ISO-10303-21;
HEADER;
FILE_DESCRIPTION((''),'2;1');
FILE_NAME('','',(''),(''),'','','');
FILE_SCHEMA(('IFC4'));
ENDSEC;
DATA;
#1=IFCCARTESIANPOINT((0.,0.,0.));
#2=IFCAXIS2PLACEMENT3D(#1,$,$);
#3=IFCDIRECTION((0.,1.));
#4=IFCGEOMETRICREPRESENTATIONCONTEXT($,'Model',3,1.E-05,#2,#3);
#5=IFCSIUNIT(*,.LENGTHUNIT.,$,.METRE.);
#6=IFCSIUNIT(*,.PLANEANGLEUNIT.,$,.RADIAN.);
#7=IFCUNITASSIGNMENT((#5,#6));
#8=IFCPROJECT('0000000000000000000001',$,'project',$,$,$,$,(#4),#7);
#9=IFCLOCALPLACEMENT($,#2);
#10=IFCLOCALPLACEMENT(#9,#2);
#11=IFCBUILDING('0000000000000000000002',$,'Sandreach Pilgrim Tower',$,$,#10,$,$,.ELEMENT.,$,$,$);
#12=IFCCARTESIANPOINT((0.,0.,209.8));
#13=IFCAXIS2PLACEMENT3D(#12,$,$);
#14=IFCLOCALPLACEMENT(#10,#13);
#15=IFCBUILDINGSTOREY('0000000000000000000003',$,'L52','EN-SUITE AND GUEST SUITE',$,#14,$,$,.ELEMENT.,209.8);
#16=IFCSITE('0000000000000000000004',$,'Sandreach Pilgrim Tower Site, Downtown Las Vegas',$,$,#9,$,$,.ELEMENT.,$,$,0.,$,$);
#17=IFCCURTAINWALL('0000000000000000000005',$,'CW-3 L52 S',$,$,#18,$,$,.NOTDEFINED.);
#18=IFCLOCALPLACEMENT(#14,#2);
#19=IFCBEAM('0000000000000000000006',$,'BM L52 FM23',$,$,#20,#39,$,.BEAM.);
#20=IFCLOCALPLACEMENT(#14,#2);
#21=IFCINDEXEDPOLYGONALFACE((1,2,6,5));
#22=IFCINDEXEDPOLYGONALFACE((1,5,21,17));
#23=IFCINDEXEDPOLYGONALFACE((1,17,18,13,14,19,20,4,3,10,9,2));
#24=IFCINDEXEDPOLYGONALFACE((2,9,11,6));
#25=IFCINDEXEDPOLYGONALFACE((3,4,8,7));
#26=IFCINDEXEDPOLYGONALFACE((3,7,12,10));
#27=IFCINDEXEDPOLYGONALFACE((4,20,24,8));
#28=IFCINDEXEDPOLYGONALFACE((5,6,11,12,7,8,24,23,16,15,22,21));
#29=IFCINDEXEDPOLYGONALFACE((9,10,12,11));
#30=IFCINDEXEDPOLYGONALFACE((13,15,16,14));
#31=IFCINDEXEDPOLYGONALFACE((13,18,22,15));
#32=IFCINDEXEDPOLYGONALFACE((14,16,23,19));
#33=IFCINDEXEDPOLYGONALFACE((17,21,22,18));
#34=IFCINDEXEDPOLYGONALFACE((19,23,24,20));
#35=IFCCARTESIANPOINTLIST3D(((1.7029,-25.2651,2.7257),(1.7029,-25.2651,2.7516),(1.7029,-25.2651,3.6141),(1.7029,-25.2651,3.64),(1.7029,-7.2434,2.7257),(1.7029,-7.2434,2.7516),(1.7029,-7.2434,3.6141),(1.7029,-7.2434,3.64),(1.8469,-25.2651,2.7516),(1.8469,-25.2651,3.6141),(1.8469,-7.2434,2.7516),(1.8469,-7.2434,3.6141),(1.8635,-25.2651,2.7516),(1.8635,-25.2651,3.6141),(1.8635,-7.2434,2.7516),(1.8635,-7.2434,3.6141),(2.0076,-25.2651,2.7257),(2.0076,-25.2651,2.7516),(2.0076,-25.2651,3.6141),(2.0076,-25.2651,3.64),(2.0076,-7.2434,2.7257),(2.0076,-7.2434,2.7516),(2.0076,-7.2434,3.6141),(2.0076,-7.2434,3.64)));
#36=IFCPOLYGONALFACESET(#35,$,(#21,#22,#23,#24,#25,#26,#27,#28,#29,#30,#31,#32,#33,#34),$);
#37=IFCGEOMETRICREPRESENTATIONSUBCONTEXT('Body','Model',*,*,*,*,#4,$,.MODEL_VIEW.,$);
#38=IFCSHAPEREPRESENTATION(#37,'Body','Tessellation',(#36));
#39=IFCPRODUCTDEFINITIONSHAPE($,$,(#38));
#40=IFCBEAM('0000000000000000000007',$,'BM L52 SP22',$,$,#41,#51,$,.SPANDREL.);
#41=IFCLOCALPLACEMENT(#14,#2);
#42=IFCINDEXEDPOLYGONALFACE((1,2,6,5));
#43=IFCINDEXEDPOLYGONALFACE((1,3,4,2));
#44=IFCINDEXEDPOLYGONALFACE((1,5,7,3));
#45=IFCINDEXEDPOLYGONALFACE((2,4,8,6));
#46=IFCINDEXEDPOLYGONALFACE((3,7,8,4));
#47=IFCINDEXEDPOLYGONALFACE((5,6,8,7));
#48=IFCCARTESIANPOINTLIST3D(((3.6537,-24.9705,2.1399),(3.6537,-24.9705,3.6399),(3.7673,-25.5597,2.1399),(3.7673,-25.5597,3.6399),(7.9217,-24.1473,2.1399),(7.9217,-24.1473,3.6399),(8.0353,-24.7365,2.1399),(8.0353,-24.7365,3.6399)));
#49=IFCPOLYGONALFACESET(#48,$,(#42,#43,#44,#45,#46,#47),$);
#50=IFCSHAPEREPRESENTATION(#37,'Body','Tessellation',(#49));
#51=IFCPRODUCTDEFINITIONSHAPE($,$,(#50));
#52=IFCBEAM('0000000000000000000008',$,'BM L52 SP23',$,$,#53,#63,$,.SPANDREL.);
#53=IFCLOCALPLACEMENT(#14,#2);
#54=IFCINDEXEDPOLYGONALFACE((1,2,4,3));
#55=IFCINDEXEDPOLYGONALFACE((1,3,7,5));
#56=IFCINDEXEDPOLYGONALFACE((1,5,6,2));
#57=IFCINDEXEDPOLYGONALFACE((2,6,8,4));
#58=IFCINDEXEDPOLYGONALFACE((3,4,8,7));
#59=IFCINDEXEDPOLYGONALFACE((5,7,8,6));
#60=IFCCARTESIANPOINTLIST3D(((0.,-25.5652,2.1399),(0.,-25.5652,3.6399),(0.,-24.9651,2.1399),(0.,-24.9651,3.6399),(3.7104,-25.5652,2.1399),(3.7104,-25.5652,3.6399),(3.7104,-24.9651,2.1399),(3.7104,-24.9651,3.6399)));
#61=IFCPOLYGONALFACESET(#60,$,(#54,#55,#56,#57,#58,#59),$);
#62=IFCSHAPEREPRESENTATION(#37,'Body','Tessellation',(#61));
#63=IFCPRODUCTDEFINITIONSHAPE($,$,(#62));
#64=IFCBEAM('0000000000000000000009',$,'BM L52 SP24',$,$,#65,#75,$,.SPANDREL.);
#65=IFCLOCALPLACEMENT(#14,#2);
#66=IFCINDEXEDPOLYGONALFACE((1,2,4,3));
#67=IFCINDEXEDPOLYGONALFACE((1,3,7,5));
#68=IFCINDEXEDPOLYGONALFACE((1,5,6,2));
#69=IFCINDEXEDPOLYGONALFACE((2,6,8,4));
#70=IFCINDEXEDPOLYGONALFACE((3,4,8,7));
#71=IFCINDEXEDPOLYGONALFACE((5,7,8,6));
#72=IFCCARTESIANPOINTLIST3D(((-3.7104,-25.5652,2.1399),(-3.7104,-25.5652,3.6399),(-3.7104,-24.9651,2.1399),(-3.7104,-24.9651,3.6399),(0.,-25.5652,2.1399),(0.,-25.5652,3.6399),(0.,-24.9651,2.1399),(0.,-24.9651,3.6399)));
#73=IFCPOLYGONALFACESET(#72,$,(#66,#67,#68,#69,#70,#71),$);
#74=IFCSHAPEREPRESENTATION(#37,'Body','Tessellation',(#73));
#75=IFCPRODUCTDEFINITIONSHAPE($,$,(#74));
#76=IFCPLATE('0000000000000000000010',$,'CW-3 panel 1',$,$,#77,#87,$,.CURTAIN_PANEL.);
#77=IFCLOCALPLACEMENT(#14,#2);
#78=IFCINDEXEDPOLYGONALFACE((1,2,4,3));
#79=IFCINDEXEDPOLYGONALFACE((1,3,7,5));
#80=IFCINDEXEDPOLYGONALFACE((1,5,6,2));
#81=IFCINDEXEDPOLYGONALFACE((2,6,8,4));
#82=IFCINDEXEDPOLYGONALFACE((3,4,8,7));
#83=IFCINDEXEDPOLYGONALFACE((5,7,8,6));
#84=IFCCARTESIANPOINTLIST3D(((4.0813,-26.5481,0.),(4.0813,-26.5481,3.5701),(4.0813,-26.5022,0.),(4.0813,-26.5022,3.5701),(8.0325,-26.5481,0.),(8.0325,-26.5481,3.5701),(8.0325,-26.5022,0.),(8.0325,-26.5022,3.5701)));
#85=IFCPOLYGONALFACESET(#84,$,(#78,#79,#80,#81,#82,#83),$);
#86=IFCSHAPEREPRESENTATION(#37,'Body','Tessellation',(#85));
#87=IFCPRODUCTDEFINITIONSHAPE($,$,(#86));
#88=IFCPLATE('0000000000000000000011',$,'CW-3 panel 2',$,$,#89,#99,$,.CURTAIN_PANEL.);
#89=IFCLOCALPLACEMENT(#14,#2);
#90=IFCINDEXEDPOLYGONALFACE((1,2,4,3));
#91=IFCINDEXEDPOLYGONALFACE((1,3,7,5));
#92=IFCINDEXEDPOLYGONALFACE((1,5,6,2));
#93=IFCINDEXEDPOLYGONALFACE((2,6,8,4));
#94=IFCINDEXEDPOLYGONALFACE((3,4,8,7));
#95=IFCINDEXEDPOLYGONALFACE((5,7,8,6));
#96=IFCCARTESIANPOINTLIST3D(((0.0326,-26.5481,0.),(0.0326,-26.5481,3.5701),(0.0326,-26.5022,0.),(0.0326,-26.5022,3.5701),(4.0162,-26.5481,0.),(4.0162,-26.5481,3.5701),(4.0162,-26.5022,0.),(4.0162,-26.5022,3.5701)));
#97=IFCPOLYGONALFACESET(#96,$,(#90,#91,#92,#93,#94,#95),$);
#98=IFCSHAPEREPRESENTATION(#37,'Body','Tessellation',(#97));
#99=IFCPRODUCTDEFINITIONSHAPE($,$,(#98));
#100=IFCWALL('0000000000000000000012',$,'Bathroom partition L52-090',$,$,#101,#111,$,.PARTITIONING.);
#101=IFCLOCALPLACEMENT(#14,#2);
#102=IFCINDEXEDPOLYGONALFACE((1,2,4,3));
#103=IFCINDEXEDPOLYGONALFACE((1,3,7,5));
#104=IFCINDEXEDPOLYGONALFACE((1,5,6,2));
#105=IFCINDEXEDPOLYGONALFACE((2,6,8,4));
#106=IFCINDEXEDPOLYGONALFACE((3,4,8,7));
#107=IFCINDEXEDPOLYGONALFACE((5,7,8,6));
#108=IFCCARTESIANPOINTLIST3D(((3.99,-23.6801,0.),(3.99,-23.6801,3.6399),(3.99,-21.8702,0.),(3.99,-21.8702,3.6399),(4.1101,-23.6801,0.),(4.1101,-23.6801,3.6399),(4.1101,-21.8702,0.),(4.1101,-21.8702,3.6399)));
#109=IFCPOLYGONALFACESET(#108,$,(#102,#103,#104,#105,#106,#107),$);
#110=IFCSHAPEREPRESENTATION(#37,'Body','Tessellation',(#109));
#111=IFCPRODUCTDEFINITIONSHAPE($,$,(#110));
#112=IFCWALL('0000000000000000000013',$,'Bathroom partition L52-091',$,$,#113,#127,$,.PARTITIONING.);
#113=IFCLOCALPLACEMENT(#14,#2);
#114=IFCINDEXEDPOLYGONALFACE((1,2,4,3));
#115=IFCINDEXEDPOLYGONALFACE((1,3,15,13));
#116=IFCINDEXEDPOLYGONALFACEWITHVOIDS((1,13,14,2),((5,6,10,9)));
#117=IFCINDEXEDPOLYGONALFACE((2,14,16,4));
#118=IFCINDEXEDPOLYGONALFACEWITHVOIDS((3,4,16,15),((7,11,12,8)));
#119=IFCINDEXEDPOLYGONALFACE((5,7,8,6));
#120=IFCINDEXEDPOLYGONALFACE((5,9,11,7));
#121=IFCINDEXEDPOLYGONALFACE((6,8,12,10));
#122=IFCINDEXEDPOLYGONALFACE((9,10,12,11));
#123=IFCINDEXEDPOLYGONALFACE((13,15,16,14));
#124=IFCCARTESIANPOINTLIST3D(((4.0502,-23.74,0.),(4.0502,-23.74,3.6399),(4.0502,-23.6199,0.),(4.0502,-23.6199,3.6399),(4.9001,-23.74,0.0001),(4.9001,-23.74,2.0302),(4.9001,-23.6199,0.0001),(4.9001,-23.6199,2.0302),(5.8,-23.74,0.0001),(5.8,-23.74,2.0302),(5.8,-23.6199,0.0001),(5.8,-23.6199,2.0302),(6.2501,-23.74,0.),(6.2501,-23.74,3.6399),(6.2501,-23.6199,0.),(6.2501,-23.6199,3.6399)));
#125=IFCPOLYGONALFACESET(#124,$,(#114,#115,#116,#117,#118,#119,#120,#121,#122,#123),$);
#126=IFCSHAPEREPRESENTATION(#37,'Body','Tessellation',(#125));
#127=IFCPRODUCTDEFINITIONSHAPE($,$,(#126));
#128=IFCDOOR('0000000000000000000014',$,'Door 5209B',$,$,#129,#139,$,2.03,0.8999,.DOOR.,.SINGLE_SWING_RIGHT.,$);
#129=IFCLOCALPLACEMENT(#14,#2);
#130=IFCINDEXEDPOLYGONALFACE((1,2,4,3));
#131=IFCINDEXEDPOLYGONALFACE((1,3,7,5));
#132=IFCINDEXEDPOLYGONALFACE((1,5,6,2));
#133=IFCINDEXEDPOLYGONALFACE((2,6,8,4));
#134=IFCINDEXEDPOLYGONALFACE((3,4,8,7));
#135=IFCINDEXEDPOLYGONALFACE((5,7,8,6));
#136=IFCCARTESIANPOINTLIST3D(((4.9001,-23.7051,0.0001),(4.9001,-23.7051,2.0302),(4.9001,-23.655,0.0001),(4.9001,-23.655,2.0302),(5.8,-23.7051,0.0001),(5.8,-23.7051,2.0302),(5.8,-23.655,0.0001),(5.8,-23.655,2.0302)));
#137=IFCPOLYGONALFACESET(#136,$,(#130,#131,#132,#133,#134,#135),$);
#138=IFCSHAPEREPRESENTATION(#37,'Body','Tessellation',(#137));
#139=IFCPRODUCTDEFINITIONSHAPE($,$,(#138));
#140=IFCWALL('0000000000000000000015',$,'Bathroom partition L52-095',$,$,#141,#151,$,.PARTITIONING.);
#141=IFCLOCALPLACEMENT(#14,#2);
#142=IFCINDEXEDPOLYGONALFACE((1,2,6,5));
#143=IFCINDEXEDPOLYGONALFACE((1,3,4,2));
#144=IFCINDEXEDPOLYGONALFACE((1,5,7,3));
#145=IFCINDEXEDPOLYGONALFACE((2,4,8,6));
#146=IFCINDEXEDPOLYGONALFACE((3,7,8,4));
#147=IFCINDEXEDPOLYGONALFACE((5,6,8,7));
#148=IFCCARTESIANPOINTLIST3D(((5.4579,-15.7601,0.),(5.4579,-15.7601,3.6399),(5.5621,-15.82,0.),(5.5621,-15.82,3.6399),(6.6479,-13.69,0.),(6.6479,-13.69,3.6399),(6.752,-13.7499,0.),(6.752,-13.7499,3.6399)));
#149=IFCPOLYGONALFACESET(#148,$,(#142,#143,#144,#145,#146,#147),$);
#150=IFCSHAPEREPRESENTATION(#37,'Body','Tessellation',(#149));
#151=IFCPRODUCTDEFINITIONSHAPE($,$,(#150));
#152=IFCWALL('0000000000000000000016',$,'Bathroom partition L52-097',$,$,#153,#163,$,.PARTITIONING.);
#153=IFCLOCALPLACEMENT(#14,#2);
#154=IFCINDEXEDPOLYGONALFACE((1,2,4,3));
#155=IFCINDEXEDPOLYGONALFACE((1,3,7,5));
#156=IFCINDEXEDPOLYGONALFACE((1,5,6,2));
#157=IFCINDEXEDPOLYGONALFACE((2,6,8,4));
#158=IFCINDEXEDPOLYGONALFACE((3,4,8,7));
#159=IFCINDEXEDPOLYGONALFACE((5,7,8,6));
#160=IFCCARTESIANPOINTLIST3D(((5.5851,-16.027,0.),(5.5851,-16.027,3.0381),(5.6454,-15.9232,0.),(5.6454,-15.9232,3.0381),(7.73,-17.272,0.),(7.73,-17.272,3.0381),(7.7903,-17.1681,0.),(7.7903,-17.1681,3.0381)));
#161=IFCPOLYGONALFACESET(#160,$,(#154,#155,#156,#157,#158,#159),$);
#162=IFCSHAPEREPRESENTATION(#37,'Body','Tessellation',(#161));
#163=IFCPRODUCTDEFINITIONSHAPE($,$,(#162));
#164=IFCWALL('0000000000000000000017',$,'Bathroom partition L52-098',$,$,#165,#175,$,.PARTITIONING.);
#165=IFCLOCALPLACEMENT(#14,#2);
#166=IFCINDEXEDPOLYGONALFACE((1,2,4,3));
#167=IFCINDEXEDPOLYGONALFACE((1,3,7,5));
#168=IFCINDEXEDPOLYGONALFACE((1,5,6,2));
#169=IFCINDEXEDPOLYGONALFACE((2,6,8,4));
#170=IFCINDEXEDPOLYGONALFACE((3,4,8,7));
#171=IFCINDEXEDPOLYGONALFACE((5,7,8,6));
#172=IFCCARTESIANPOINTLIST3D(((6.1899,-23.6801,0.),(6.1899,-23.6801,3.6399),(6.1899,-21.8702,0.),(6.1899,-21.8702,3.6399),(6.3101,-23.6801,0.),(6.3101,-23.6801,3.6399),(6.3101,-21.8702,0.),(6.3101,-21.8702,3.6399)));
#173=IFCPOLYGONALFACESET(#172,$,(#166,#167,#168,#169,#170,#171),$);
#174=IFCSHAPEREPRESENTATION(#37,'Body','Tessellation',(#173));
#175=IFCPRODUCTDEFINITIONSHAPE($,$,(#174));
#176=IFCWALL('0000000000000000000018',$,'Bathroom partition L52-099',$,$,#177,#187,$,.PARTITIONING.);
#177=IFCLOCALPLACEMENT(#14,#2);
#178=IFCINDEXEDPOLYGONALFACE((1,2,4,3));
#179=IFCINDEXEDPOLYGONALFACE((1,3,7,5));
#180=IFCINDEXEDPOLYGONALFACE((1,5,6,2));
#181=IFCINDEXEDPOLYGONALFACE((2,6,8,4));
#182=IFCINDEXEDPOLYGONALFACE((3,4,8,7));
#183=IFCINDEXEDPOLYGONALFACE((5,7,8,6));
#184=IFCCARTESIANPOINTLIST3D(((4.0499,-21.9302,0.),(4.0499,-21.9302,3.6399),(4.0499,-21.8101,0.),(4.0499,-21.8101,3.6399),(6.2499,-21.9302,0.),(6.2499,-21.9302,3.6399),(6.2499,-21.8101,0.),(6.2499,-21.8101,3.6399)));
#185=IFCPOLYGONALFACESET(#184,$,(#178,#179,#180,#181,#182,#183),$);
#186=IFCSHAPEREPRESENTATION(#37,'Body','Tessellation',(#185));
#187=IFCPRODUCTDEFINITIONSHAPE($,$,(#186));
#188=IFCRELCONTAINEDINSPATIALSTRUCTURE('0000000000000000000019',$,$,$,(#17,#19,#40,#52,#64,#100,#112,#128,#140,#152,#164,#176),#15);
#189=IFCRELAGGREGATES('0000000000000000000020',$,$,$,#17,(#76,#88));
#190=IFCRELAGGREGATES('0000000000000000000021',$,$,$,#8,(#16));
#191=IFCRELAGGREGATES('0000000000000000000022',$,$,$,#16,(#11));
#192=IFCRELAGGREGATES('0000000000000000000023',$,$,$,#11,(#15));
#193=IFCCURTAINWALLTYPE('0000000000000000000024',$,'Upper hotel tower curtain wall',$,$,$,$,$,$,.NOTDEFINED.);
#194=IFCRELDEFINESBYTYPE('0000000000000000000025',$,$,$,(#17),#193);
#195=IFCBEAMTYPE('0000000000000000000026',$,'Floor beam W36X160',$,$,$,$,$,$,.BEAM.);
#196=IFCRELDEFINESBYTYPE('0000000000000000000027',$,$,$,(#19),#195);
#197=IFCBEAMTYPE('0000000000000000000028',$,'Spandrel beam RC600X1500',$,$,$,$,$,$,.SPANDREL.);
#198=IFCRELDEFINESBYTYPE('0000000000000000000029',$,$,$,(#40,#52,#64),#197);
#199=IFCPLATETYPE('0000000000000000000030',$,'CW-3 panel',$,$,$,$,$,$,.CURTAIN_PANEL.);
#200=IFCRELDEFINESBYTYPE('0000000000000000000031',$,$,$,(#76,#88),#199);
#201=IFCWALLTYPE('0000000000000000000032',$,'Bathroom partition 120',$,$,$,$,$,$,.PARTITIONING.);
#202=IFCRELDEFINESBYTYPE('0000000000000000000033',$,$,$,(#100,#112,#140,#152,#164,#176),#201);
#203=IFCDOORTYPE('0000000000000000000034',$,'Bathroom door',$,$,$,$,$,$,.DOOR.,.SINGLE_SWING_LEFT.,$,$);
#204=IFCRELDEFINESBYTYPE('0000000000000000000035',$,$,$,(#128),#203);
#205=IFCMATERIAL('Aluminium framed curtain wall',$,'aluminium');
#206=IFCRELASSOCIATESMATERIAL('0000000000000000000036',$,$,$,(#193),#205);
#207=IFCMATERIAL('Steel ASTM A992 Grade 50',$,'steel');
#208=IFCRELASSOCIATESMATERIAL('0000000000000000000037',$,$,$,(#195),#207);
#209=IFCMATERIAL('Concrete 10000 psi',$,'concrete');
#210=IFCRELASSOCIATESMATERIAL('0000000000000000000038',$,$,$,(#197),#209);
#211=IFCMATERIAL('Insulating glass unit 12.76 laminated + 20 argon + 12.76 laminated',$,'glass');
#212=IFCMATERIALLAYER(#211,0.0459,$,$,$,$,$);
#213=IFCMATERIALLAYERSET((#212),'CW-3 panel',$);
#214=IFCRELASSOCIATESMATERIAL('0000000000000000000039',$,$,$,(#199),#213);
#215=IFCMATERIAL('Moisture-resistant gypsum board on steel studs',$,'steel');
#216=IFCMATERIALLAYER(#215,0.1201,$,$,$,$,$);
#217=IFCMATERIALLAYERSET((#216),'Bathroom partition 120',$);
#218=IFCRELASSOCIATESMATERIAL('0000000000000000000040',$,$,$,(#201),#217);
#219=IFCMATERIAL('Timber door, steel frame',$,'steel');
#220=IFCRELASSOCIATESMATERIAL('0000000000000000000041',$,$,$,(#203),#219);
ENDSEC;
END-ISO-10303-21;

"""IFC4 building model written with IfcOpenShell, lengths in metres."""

from ifc_helpers import new_model, si_unit, direction, frame, frame_2d, origin, origin_2d, place, context, subcontext, project, spatial, rectangle, i_section, extrude, material, layer, layer_set, material_profile, profile_set, type_object, element, fill, aggregate, save


model = new_model("IFC4")

# Units and contexts
model_context = context("Model", 3, precision=1e-05, world=origin(), true_north=direction((0.0, 1.0)))
body_context = subcontext(model_context, "Body", "Model", "MODEL_VIEW")
ifc_project = project(units=[si_unit("LENGTHUNIT", "METRE"), si_unit("PLANEANGLEUNIT", "RADIAN")], contexts=[model_context])

# Site, building, storey
site_placement = place(None, origin())
site = spatial("IfcSite", under=ifc_project, at=site_placement, Name="Sandreach Pilgrim Tower Site, Downtown Las Vegas", CompositionType="ELEMENT", RefElevation=0.0)
building_placement = place(site_placement, origin())
building = spatial("IfcBuilding", under=site, at=building_placement, Name="Sandreach Pilgrim Tower", CompositionType="ELEMENT")
storey_placement = place(building_placement, frame((0.0, 0.0, 209.8)))
storey = spatial("IfcBuildingStorey", under=building, at=storey_placement, Name="L52", Description="EN-SUITE AND GUEST SUITE", CompositionType="ELEMENT", Elevation=209.8)

# Curtain wall
ifc_material_1 = material(Name="Aluminium framed curtain wall", Category="aluminium")
curtain_wall_type = type_object("IfcCurtainWallType", Name="Upper hotel tower curtain wall", PredefinedType="NOTDEFINED", material=ifc_material_1)
curtain_wall_placement = place(storey_placement, origin())
curtain_wall = element("IfcCurtainWall", 1, at=curtain_wall_placement, inside=storey, type_object=curtain_wall_type, Name="CW-3 L52 S", PredefinedType="NOTDEFINED")

# Beams
ifc_material_2 = material(Name="Steel ASTM A992 Grade 50", Category="steel")
ifc_material_profile_1 = material_profile(ifc_material_2, i_section(OverallWidth=0.3047, OverallDepth=0.9143, WebThickness=0.0166, FlangeThickness=0.0259, at=origin_2d()), Name="W36X160")
ifc_profile_set_1 = profile_set([ifc_material_profile_1], Name="Steel ASTM A992 Grade 50")
beam_type_1 = type_object("IfcBeamType", Name="Floor beam W36X160", PredefinedType="BEAM", material=ifc_profile_set_1)
beam_1_placement = place(storey_placement, frame((1.8552, -25.2651, 3.1829), z_axis=(0.0, 1.0, 0.0), x_axis=(-1.0, 0.0, 0.0)))
element("IfcBeam", 2, at=beam_1_placement, inside=storey, type_object=beam_type_1, Name="BM L52 FM23", PredefinedType="BEAM", context=body_context, shape_type="SweptSolid", body=[
    extrude(i_section(OverallWidth=0.3047, OverallDepth=0.9143, WebThickness=0.0166, FlangeThickness=0.0259, at=origin_2d()), origin(), (0.0, 0.0, 1.0), 18.0217),
])
ifc_material_3 = material(Name="Concrete 10000 psi", Category="concrete")
ifc_material_profile_2 = material_profile(ifc_material_3, rectangle(XDim=0.6001, YDim=1.5, at=origin_2d()), Name="RC600X1500")
ifc_profile_set_2 = profile_set([ifc_material_profile_2], Name="Concrete 10000 psi")
beam_type_2 = type_object("IfcBeamType", Name="Spandrel beam RC600X1500", PredefinedType="SPANDREL", material=ifc_profile_set_2)
beam_2_placement = place(storey_placement, frame((7.9785, -24.4419, 2.8899), z_axis=(-0.981901, -0.189393, 0.0), x_axis=(0.189393, -0.981901, 0.0)))
element("IfcBeam", 3, at=beam_2_placement, inside=storey, type_object=beam_type_2, Name="BM L52 SP22", PredefinedType="SPANDREL", context=body_context, shape_type="SweptSolid", body=[
    extrude(rectangle(XDim=0.6001, YDim=1.5, at=origin_2d()), origin(), (0.0, 0.0, 1.0), 4.3467),
])
for number, where, z_axis, x_axis, name in (
    (4, (3.7104, -25.2651, 2.8899), (-1.0, 0.0, 0.0), (0.0, -1.0, 0.0), "BM L52 SP23"),
    (5, (0.0, -25.2651, 2.8899), (-1.0, 0.0, 0.0), (0.0, -1.0, 0.0), "BM L52 SP24"),
):
    element("IfcBeam", number, at=place(storey_placement, frame(where, z_axis=z_axis, x_axis=x_axis)), inside=storey, type_object=beam_type_2, Name=name, PredefinedType="SPANDREL", context=body_context, shape_type="SweptSolid", body=[
        extrude(rectangle(XDim=0.6001, YDim=1.5, at=origin_2d()), origin(), (0.0, 0.0, 1.0), 3.7104),
    ])

# Plates
ifc_material_4 = material(Name="Insulating glass unit 12.76 laminated + 20 argon + 12.76 laminated", Category="glass")
ifc_layer_1 = layer(ifc_material_4, 0.0459)
ifc_layer_set_1 = layer_set([ifc_layer_1], Name="CW-3 panel")
plate_type = type_object("IfcPlateType", Name="CW-3 panel", PredefinedType="CURTAIN_PANEL", material=ifc_layer_set_1)
plate_1_placement = place(storey_placement, frame((6.0569, -26.5251, 0.0), z_axis=(0.0, 0.0, 1.0), x_axis=(-1.0, 0.0, 0.0)))
plate_1 = element("IfcPlate", 6, at=plate_1_placement, type_object=plate_type, Name="CW-3 panel 1", PredefinedType="CURTAIN_PANEL", context=body_context, shape_type="SweptSolid", body=[
    extrude(rectangle(XDim=3.9512, YDim=0.0459, at=origin_2d()), origin(), (0.0, 0.0, 1.0), 3.5701),
])
plate_2_placement = place(storey_placement, frame((2.0244, -26.5251, 0.0), z_axis=(0.0, 0.0, 1.0), x_axis=(-1.0, 0.0, 0.0)))
plate_2 = element("IfcPlate", 7, at=plate_2_placement, type_object=plate_type, Name="CW-3 panel 2", PredefinedType="CURTAIN_PANEL", context=body_context, shape_type="SweptSolid", body=[
    extrude(rectangle(XDim=3.9836, YDim=0.0459, at=origin_2d()), origin(), (0.0, 0.0, 1.0), 3.5701),
])
aggregate(curtain_wall, [plate_1, plate_2])

# Wall
ifc_material_5 = material(Name="Moisture-resistant gypsum board on steel studs", Category="steel")
ifc_layer_2 = layer(ifc_material_5, 0.1201)
ifc_layer_set_2 = layer_set([ifc_layer_2], Name="Bathroom partition 120")
wall_type_1 = type_object("IfcWallType", Name="Bathroom partition 120", PredefinedType="PARTITIONING", material=ifc_layer_set_2)
wall_1_placement = place(storey_placement, frame((4.05, -23.6799, 0.0), z_axis=(0.0, 0.0, 1.0), x_axis=(0.0, 1.0, 0.0)))
element("IfcWall", 8, at=wall_1_placement, inside=storey, type_object=wall_type_1, Name="Bathroom partition L52-090", PredefinedType="PARTITIONING", context=body_context, shape_type="SweptSolid", body=[
    extrude(rectangle(XDim=1.8098, YDim=0.1201, at=frame_2d((0.9048, 0.0))), origin(), (0.0, 0.0, 1.0), 3.6399),
])

# Wall, opening, door
wall_2_placement = place(storey_placement, frame((4.05, -23.6799, 0.0), z_axis=(0.0, 0.0, 1.0), x_axis=(1.0, 0.0, 0.0)))
wall_2 = element("IfcWall", 9, at=wall_2_placement, inside=storey, type_object=wall_type_1, Name="Bathroom partition L52-091", PredefinedType="PARTITIONING", context=body_context, shape_type="SweptSolid", body=[
    extrude(rectangle(XDim=2.2, YDim=0.1201, at=frame_2d((1.1001, 0.0))), origin(), (0.0, 0.0, 1.0), 3.6399),
])
opening_1_placement = place(wall_2_placement, frame((0.8501, 0.0, 0.0)))
opening_1 = element("IfcOpeningElement", 10, at=opening_1_placement, cuts=wall_2, PredefinedType="OPENING", context=body_context, shape_type="SweptSolid", body=[
    extrude(rectangle(XDim=0.8999, YDim=2.03, at=frame_2d((0.45, 1.0151))), frame((0.0, 0.0601, 0.0), z_axis=(0.0, -1.0, 0.0), x_axis=(1.0, 0.0, 0.0)), (0.0, 0.0, 1.0), 0.1201),
])
ifc_material_6 = material(Name="Timber door, steel frame", Category="steel")
door_type_1 = type_object("IfcDoorType", Name="Bathroom door", OperationType="SINGLE_SWING_LEFT", PredefinedType="DOOR", material=ifc_material_6)
door_1_placement = place(opening_1_placement, origin())
door_1 = element("IfcDoor", 11, at=door_1_placement, inside=storey, type_object=door_type_1, Name="Door 5209B", OperationType="SINGLE_SWING_RIGHT", OverallHeight=2.03, OverallWidth=0.8999, PredefinedType="DOOR", context=body_context, shape_type="SweptSolid", body=[
    extrude(rectangle(XDim=0.8999, YDim=2.03, at=frame_2d((0.45, 1.0151))), frame((0.0, 0.0249, 0.0), z_axis=(0.0, -1.0, 0.0), x_axis=(1.0, 0.0, 0.0)), (0.0, 0.0, 1.0), 0.05),
])
fill(opening_1, door_1)

# Walls
wall_3_placement = place(storey_placement, frame((5.51, -15.79, 0.0), z_axis=(0.0, 0.0, 1.0), x_axis=(0.498362, 0.866969, 0.0)))
element("IfcWall", 12, at=wall_3_placement, inside=storey, type_object=wall_type_1, Name="Bathroom partition L52-095", PredefinedType="PARTITIONING", context=body_context, shape_type="SweptSolid", body=[
    extrude(rectangle(XDim=2.3877, YDim=0.1201, at=frame_2d((1.1938, 0.0))), origin(), (0.0, 0.0, 1.0), 3.6399),
])
wall_4_placement = place(storey_placement, frame((5.6152, -15.9751, 0.0), z_axis=(0.0, 0.0, 1.0), x_axis=(0.864873, -0.501991, 0.0)))
element("IfcWall", 13, at=wall_4_placement, inside=storey, type_object=wall_type_1, Name="Bathroom partition L52-097", PredefinedType="PARTITIONING", context=body_context, shape_type="SweptSolid", body=[
    extrude(rectangle(XDim=2.48, YDim=0.1201, at=frame_2d((1.24, 0.0))), origin(), (0.0, 0.0, 1.0), 3.0381),
])
wall_5_placement = place(storey_placement, frame((6.25, -23.6799, 0.0), z_axis=(0.0, 0.0, 1.0), x_axis=(0.0, 1.0, 0.0)))
element("IfcWall", 14, at=wall_5_placement, inside=storey, type_object=wall_type_1, Name="Bathroom partition L52-098", PredefinedType="PARTITIONING", context=body_context, shape_type="SweptSolid", body=[
    extrude(rectangle(XDim=1.8098, YDim=0.1201, at=frame_2d((0.9048, 0.0))), origin(), (0.0, 0.0, 1.0), 3.6399),
])
wall_6_placement = place(storey_placement, frame((6.25, -21.8701, 0.0), z_axis=(0.0, 0.0, 1.0), x_axis=(-1.0, 0.0, 0.0)))
element("IfcWall", 15, at=wall_6_placement, inside=storey, type_object=wall_type_1, Name="Bathroom partition L52-099", PredefinedType="PARTITIONING", context=body_context, shape_type="SweptSolid", body=[
    extrude(rectangle(XDim=2.2, YDim=0.1201, at=frame_2d((1.1001, 0.0))), origin(), (0.0, 0.0, 1.0), 3.6399),
])

save(model, "model.ifc")
